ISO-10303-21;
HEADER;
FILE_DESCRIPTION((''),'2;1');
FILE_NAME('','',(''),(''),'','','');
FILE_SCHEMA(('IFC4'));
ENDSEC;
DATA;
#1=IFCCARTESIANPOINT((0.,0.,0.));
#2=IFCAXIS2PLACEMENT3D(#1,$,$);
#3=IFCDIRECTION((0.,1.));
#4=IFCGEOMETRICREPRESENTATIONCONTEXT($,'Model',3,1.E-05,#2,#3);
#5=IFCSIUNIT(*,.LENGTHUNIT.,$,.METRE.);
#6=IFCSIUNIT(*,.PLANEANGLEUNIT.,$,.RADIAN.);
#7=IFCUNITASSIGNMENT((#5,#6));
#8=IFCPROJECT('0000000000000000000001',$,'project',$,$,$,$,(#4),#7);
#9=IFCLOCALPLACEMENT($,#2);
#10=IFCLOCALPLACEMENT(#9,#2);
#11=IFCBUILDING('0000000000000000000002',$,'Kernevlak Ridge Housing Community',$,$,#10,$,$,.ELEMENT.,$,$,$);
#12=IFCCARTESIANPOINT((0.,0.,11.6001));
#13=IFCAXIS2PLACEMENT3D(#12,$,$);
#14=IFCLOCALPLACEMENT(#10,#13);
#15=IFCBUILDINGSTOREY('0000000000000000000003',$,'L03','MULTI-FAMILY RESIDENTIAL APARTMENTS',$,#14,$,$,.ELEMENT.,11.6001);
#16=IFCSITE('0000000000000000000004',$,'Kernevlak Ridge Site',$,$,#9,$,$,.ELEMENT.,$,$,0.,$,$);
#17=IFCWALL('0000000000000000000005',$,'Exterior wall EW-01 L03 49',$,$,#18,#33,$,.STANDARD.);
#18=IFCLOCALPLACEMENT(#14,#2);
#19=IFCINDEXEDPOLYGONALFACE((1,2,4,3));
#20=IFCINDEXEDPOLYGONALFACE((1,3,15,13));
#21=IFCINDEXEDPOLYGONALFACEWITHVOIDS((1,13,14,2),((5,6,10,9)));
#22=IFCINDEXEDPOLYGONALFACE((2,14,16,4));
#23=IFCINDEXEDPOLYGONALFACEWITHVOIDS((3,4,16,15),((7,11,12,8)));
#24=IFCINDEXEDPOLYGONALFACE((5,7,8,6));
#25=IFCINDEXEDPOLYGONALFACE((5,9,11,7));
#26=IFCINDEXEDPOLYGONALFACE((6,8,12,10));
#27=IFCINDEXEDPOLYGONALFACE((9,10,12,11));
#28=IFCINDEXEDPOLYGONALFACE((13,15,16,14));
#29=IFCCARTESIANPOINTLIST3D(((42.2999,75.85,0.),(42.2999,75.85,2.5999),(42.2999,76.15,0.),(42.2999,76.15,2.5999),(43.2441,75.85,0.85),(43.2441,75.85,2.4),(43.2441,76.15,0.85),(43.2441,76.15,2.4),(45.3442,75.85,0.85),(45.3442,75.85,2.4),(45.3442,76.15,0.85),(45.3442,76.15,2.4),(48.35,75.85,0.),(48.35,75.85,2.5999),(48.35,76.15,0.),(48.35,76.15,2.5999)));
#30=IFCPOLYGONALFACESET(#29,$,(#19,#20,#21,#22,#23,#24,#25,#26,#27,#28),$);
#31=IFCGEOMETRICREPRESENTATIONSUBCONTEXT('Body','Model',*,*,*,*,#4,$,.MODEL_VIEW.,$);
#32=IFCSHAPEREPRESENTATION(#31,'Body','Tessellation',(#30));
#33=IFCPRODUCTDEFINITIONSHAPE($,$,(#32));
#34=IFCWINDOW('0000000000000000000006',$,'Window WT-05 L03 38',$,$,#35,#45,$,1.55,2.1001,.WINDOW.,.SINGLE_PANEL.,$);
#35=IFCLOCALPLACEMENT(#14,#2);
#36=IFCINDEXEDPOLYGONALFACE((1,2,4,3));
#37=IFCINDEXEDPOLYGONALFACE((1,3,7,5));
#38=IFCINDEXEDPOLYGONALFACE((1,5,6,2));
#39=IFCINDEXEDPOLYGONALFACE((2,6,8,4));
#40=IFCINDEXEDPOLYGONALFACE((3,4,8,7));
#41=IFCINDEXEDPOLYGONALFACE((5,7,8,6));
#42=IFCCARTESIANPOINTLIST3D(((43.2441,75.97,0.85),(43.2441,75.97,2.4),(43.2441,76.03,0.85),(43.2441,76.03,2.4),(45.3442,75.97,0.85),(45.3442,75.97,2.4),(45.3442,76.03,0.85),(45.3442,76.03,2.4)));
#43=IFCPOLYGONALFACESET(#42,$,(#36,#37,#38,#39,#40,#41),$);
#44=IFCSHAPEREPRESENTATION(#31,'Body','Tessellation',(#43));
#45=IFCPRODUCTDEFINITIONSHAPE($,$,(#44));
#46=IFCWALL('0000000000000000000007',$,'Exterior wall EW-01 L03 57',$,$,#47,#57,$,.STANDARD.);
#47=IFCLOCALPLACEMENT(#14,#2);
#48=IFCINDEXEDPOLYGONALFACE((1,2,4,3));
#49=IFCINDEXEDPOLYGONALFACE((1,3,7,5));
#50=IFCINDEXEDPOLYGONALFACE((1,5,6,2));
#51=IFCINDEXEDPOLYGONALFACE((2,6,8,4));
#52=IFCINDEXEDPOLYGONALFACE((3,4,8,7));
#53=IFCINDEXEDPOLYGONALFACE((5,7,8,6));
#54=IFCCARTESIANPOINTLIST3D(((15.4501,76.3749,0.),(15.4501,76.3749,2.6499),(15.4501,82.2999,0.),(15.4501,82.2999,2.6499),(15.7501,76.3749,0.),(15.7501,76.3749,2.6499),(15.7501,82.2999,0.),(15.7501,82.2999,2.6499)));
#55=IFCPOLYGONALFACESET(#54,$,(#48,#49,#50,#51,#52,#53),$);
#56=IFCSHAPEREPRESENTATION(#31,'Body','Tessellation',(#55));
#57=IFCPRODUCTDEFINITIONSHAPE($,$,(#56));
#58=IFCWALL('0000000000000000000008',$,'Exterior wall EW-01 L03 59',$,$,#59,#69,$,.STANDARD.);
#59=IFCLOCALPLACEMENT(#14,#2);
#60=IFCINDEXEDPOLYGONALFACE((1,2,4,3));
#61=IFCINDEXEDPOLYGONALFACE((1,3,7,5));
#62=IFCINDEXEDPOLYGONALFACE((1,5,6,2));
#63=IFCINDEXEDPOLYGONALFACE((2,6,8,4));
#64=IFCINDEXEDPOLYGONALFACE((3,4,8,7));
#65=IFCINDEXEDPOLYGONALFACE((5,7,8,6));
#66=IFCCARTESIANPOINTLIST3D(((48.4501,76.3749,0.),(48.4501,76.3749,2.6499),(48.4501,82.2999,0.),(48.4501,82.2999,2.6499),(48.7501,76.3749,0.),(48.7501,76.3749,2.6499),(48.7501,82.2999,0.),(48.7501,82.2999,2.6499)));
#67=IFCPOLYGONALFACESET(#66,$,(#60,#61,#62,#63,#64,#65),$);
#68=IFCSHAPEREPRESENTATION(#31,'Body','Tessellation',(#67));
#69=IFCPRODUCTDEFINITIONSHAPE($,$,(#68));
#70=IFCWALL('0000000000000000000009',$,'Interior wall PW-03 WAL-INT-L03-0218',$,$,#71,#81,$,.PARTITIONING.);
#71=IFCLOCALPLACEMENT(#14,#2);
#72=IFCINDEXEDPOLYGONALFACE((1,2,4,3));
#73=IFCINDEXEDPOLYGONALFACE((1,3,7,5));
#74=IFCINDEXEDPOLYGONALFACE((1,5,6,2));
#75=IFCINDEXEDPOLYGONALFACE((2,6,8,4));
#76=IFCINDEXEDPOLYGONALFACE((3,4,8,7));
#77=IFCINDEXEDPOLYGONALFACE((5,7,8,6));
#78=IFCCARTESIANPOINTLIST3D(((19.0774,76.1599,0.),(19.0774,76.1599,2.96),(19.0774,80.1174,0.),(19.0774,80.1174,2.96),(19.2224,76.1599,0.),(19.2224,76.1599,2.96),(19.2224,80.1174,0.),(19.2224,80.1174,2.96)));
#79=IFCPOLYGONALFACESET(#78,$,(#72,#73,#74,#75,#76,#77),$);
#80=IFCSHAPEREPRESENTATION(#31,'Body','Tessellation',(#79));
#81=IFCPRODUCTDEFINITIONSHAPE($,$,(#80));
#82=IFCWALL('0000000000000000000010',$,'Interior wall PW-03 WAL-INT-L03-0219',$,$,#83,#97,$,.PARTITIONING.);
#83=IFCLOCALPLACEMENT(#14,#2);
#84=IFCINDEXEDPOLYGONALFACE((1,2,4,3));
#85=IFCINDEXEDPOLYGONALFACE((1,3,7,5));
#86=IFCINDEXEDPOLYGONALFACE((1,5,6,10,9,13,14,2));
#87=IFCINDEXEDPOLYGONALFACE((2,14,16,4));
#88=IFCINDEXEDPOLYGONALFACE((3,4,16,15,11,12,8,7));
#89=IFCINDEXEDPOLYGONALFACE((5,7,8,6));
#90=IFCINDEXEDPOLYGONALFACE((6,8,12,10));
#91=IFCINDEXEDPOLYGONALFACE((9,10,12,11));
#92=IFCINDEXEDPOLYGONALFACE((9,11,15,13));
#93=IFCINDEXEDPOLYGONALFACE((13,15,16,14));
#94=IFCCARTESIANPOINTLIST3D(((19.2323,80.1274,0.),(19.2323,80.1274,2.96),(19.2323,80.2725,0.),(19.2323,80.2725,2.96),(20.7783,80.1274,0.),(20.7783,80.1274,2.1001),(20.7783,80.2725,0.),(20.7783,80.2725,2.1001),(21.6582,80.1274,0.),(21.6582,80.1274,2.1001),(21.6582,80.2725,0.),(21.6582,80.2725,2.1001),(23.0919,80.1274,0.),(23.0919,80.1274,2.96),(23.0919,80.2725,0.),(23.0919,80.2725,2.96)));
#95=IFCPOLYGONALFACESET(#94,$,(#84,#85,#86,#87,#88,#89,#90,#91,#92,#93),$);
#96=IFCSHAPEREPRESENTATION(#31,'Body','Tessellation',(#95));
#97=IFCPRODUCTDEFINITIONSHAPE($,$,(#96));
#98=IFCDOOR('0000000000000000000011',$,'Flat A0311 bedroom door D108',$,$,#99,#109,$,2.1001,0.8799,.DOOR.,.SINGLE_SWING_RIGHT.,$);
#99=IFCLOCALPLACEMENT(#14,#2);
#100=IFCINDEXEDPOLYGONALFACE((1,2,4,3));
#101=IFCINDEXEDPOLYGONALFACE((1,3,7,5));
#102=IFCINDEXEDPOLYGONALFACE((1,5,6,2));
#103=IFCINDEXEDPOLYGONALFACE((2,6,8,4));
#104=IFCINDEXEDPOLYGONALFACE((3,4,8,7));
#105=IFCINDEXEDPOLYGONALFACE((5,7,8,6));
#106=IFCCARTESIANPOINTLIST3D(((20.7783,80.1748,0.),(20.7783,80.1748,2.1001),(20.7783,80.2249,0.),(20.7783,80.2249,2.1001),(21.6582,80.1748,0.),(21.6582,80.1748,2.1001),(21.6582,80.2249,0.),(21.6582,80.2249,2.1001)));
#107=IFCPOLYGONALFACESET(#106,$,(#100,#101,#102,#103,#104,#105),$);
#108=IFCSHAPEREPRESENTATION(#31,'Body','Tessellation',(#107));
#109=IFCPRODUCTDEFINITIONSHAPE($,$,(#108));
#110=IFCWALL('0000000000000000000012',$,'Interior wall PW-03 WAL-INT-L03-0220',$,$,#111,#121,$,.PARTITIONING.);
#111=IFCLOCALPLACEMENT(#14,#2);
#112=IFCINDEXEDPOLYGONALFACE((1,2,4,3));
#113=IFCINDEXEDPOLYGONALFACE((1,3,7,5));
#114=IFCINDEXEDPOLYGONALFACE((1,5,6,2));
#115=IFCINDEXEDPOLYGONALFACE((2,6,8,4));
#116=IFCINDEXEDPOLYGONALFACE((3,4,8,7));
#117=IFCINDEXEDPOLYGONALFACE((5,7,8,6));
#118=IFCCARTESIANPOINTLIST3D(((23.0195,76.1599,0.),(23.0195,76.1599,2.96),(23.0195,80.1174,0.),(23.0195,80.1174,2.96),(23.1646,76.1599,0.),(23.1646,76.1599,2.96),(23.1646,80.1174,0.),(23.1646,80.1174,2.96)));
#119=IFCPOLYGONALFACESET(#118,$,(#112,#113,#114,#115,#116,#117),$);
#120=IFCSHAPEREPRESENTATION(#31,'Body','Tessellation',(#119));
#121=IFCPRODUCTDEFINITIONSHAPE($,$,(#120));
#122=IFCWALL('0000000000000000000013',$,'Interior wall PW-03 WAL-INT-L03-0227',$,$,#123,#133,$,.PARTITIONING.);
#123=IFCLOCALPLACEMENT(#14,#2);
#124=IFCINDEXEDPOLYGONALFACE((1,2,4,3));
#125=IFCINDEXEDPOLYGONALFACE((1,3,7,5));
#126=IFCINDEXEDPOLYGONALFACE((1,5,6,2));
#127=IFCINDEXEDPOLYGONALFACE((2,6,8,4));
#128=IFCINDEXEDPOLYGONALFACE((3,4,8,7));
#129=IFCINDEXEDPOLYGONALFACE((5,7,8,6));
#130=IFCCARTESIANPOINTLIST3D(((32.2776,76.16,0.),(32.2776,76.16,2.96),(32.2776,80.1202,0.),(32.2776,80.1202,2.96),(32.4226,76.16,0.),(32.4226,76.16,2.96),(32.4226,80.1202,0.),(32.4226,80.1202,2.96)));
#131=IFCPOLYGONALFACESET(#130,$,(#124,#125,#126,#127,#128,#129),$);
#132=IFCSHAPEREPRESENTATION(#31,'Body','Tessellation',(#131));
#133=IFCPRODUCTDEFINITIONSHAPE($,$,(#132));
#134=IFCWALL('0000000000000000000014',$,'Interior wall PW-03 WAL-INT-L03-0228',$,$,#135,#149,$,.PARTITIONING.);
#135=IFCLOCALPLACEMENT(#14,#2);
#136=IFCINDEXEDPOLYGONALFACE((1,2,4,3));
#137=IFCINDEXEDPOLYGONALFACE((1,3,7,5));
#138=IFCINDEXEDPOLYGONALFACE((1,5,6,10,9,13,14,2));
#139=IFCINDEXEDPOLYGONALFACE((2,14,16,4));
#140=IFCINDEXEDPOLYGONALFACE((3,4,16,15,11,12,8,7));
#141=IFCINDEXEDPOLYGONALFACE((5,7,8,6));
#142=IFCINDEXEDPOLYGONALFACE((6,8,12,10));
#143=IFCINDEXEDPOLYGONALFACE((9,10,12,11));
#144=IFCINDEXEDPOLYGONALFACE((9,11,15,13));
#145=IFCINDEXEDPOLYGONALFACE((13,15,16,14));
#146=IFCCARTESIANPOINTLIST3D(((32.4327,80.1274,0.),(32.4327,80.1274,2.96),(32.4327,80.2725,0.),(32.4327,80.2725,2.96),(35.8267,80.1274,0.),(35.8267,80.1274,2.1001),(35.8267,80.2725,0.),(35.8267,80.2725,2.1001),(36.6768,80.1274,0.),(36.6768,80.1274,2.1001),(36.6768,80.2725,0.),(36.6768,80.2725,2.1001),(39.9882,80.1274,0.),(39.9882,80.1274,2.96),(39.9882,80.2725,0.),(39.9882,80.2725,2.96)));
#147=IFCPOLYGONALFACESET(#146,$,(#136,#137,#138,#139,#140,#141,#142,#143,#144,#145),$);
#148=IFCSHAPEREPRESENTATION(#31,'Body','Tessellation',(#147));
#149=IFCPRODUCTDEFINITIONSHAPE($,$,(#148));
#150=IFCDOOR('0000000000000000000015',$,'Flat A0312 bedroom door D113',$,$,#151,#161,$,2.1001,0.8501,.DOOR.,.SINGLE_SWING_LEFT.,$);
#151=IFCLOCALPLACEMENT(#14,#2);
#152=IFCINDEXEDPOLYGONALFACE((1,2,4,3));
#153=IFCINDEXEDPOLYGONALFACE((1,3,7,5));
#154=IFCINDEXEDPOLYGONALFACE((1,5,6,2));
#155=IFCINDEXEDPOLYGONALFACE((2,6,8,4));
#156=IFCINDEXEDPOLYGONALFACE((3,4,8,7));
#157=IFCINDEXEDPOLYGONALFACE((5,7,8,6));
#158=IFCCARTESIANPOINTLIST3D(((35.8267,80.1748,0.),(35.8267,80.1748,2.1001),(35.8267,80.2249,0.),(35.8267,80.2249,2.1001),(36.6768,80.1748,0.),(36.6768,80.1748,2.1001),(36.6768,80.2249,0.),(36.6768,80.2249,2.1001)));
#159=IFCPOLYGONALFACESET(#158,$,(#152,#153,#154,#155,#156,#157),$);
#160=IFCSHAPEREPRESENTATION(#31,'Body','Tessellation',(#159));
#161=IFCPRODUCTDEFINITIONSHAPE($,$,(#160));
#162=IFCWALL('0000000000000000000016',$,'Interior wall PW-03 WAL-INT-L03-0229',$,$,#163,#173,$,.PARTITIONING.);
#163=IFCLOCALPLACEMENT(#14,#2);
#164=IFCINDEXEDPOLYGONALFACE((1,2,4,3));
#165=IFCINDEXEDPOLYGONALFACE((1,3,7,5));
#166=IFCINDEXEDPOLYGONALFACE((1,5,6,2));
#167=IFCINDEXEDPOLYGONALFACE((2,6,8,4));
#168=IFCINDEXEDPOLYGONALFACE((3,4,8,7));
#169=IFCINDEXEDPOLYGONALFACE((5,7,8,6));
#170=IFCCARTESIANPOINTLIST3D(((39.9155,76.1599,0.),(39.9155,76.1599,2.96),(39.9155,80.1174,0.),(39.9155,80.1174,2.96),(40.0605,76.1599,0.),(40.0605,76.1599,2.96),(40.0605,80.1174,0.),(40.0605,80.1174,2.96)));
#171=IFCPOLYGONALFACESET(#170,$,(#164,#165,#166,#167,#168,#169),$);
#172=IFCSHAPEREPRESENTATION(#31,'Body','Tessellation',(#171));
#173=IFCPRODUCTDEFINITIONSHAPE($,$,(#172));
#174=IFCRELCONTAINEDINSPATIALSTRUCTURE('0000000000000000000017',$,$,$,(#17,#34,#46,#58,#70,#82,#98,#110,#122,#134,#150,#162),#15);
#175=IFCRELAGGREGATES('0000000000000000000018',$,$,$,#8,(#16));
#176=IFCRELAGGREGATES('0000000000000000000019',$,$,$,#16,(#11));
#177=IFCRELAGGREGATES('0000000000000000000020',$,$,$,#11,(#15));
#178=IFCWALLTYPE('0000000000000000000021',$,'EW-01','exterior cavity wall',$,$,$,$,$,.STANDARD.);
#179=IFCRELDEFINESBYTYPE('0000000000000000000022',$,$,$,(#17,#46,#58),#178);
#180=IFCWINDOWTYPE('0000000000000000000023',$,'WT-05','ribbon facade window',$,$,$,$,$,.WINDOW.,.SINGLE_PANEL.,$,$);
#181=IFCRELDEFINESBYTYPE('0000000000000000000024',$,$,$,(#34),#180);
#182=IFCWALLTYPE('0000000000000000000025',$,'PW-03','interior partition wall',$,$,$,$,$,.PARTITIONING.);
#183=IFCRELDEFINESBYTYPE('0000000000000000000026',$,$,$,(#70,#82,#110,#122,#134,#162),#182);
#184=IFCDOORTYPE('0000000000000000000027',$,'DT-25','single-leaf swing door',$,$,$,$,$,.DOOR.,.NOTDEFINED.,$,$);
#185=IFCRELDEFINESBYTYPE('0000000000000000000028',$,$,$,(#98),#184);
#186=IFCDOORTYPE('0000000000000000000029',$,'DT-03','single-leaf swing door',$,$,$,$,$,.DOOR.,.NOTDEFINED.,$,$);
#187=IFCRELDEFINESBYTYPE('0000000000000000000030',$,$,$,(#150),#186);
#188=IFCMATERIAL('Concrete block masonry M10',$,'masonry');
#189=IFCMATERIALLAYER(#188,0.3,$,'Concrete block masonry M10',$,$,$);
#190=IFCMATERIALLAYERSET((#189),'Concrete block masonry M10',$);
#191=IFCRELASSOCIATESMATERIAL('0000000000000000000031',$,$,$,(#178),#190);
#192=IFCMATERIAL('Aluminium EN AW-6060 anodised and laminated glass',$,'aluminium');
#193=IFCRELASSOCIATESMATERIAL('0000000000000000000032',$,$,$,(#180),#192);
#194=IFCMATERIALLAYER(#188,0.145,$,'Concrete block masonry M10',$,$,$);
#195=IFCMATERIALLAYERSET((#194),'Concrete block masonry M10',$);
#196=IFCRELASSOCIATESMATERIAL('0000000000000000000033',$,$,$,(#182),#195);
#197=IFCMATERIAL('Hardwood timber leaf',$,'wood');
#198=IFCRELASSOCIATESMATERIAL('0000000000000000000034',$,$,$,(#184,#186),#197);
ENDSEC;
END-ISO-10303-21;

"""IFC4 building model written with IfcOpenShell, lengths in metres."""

from ifc_helpers import new_model, si_unit, direction, frame, frame_2d, origin, place, context, subcontext, project, spatial, rectangle, extrude, material, layer, layer_set, type_object, element, fill, save


model = new_model("IFC4")

# Units and contexts
model_context = context("Model", 3, precision=1e-05, world=origin(), true_north=direction((0.0, 1.0)))
body_context = subcontext(model_context, "Body", "Model", "MODEL_VIEW")
ifc_project = project(units=[si_unit("LENGTHUNIT", "METRE"), si_unit("PLANEANGLEUNIT", "RADIAN")], contexts=[model_context])

# Site, building, storey
site_placement = place(None, origin())
site = spatial("IfcSite", under=ifc_project, at=site_placement, Name="Kernevlak Ridge Site", CompositionType="ELEMENT", RefElevation=0.0)
building_placement = place(site_placement, origin())
building = spatial("IfcBuilding", under=site, at=building_placement, Name="Kernevlak Ridge Housing Community", CompositionType="ELEMENT")
storey_placement = place(building_placement, frame((0.0, 0.0, 11.6001)))
storey = spatial("IfcBuildingStorey", under=building, at=storey_placement, Name="L03", Description="MULTI-FAMILY RESIDENTIAL APARTMENTS", CompositionType="ELEMENT", Elevation=11.6001)

# Wall, opening, window
ifc_material_1 = material(Name="Concrete block masonry M10", Category="masonry")
ifc_layer_1 = layer(ifc_material_1, 0.3, Name="Concrete block masonry M10")
ifc_layer_set_1 = layer_set([ifc_layer_1], Name="Concrete block masonry M10")
wall_type_1 = type_object("IfcWallType", Name="EW-01", Description="exterior cavity wall", PredefinedType="STANDARD", material=ifc_layer_set_1)
ifc_material_2 = material(Name="Aluminium EN AW-6060 anodised and laminated glass", Category="aluminium")
wall_1_placement = place(storey_placement, frame((42.3, 76.0, 0.0), z_axis=(0.0, 0.0, 1.0), x_axis=(1.0, 0.0, 0.0)))
wall_1 = element("IfcWall", 1, at=wall_1_placement, inside=storey, type_object=wall_type_1, Name="Exterior wall EW-01 L03 49", PredefinedType="STANDARD", context=body_context, shape_type="SweptSolid", body=[
    extrude(rectangle(XDim=6.05, YDim=0.3, at=frame_2d((3.0249, 0.0))), origin(), (0.0, 0.0, 1.0), 2.5999),
])
opening_1_placement = place(wall_1_placement, frame((0.9441, 0.0, 0.8501)))
opening_1 = element("IfcOpeningElement", 2, at=opening_1_placement, cuts=wall_1, PredefinedType="OPENING", context=body_context, shape_type="SweptSolid", body=[
    extrude(rectangle(XDim=2.1001, YDim=1.55, at=frame_2d((1.05, 0.7749))), frame((0.0, 0.1599, 0.0), z_axis=(0.0, -1.0, 0.0), x_axis=(1.0, 0.0, 0.0)), (0.0, 0.0, 1.0), 0.3201),
])
window_type_1 = type_object("IfcWindowType", Name="WT-05", Description="ribbon facade window", PartitioningType="SINGLE_PANEL", PredefinedType="WINDOW", material=ifc_material_2)
window_1_placement = place(opening_1_placement, origin())
window_1 = element("IfcWindow", 3, at=window_1_placement, inside=storey, type_object=window_type_1, Name="Window WT-05 L03 38", OverallHeight=1.55, OverallWidth=2.1001, PartitioningType="SINGLE_PANEL", PredefinedType="WINDOW", context=body_context, shape_type="SweptSolid", body=[
    extrude(rectangle(XDim=2.1001, YDim=1.55, at=frame_2d((1.05, 0.7749))), frame((0.0, 0.03, 0.0), z_axis=(0.0, -1.0, 0.0), x_axis=(1.0, 0.0, 0.0)), (0.0, 0.0, 1.0), 0.0601),
])
fill(opening_1, window_1)

# Walls
for number, where, z_axis, x_axis, name in (
    (4, (15.6001, 76.375, 0.0), (0.0, 0.0, 1.0), (0.0, 1.0, 0.0), "Exterior wall EW-01 L03 57"),
    (5, (48.6001, 76.375, 0.0), (0.0, 0.0, 1.0), (0.0, 1.0, 0.0), "Exterior wall EW-01 L03 59"),
):
    element("IfcWall", number, at=place(storey_placement, frame(where, z_axis=z_axis, x_axis=x_axis)), inside=storey, type_object=wall_type_1, Name=name, PredefinedType="STANDARD", context=body_context, shape_type="SweptSolid", body=[
        extrude(rectangle(XDim=5.925, YDim=0.3, at=frame_2d((2.9624, 0.0))), origin(), (0.0, 0.0, 1.0), 2.6499),
    ])

# Shared definitions
ifc_layer_2 = layer(ifc_material_1, 0.145, Name="Concrete block masonry M10")
ifc_layer_set_2 = layer_set([ifc_layer_2], Name="Concrete block masonry M10")
wall_type_2 = type_object("IfcWallType", Name="PW-03", Description="interior partition wall", PredefinedType="PARTITIONING", material=ifc_layer_set_2)
ifc_material_3 = material(Name="Hardwood timber leaf", Category="wood")

# Wall
wall_2_placement = place(storey_placement, frame((19.1499, 80.1174, 0.0), z_axis=(0.0, 0.0, 1.0), x_axis=(0.0, -1.0, 0.0)))
element("IfcWall", 6, at=wall_2_placement, inside=storey, type_object=wall_type_2, Name="Interior wall PW-03 WAL-INT-L03-0218", PredefinedType="PARTITIONING", context=body_context, shape_type="SweptSolid", body=[
    extrude(rectangle(XDim=3.9575, YDim=0.145, at=frame_2d((1.9788, 0.0))), origin(), (0.0, 0.0, 1.0), 2.96),
])

# Wall, opening, door
wall_3_placement = place(storey_placement, frame((19.2324, 80.2, 0.0), z_axis=(0.0, 0.0, 1.0), x_axis=(1.0, 0.0, 0.0)))
wall_3 = element("IfcWall", 7, at=wall_3_placement, inside=storey, type_object=wall_type_2, Name="Interior wall PW-03 WAL-INT-L03-0219", PredefinedType="PARTITIONING", context=body_context, shape_type="SweptSolid", body=[
    extrude(rectangle(XDim=3.8596, YDim=0.145, at=frame_2d((1.9297, 0.0))), origin(), (0.0, 0.0, 1.0), 2.96),
])
opening_2_placement = place(wall_3_placement, frame((1.5459, 0.0, 0.0)))
opening_2 = element("IfcOpeningElement", 8, at=opening_2_placement, cuts=wall_3, PredefinedType="OPENING", context=body_context, shape_type="SweptSolid", body=[
    extrude(rectangle(XDim=0.8799, YDim=2.1001, at=frame_2d((0.4399, 1.05))), frame((0.0, 0.0825, 0.0), z_axis=(0.0, -1.0, 0.0), x_axis=(1.0, 0.0, 0.0)), (0.0, 0.0, 1.0), 0.165),
])
door_type_1 = type_object("IfcDoorType", Name="DT-25", Description="single-leaf swing door", OperationType="NOTDEFINED", PredefinedType="DOOR", material=ifc_material_3)
door_1_placement = place(opening_2_placement, origin())
door_1 = element("IfcDoor", 9, at=door_1_placement, inside=storey, type_object=door_type_1, Name="Flat A0311 bedroom door D108", OperationType="SINGLE_SWING_RIGHT", OverallHeight=2.1001, OverallWidth=0.8799, PredefinedType="DOOR", context=body_context, shape_type="SweptSolid", body=[
    extrude(rectangle(XDim=0.8799, YDim=2.1001, at=frame_2d((0.4399, 1.05))), frame((0.0, 0.0249, 0.0), z_axis=(0.0, -1.0, 0.0), x_axis=(1.0, 0.0, 0.0)), (0.0, 0.0, 1.0), 0.05),
])
fill(opening_2, door_1)

# Walls
wall_4_placement = place(storey_placement, frame((23.092, 80.1174, 0.0), z_axis=(0.0, 0.0, 1.0), x_axis=(0.0, -1.0, 0.0)))
element("IfcWall", 10, at=wall_4_placement, inside=storey, type_object=wall_type_2, Name="Interior wall PW-03 WAL-INT-L03-0220", PredefinedType="PARTITIONING", context=body_context, shape_type="SweptSolid", body=[
    extrude(rectangle(XDim=3.9575, YDim=0.145, at=frame_2d((1.9788, 0.0))), origin(), (0.0, 0.0, 1.0), 2.96),
])
wall_5_placement = place(storey_placement, frame((32.3501, 80.1201, 0.0), z_axis=(0.0, 0.0, 1.0), x_axis=(0.0, -1.0, 0.0)))
element("IfcWall", 11, at=wall_5_placement, inside=storey, type_object=wall_type_2, Name="Interior wall PW-03 WAL-INT-L03-0227", PredefinedType="PARTITIONING", context=body_context, shape_type="SweptSolid", body=[
    extrude(rectangle(XDim=3.9602, YDim=0.145, at=frame_2d((1.98, 0.0))), origin(), (0.0, 0.0, 1.0), 2.96),
])

# Wall, opening, door
wall_6_placement = place(storey_placement, frame((32.4326, 80.2, 0.0), z_axis=(0.0, 0.0, 1.0), x_axis=(1.0, 0.0, 0.0)))
wall_6 = element("IfcWall", 12, at=wall_6_placement, inside=storey, type_object=wall_type_2, Name="Interior wall PW-03 WAL-INT-L03-0228", PredefinedType="PARTITIONING", context=body_context, shape_type="SweptSolid", body=[
    extrude(rectangle(XDim=7.5554, YDim=0.145, at=frame_2d((3.7778, 0.0))), origin(), (0.0, 0.0, 1.0), 2.96),
])
opening_3_placement = place(wall_6_placement, frame((3.394, 0.0, 0.0)))
opening_3 = element("IfcOpeningElement", 13, at=opening_3_placement, cuts=wall_6, PredefinedType="OPENING", context=body_context, shape_type="SweptSolid", body=[
    extrude(rectangle(XDim=0.8501, YDim=2.1001, at=frame_2d((0.425, 1.05))), frame((0.0, 0.0825, 0.0), z_axis=(0.0, -1.0, 0.0), x_axis=(1.0, 0.0, 0.0)), (0.0, 0.0, 1.0), 0.165),
])
door_type_2 = type_object("IfcDoorType", Name="DT-03", Description="single-leaf swing door", OperationType="NOTDEFINED", PredefinedType="DOOR", material=ifc_material_3)
door_2_placement = place(opening_3_placement, origin())
door_2 = element("IfcDoor", 14, at=door_2_placement, inside=storey, type_object=door_type_2, Name="Flat A0312 bedroom door D113", OperationType="SINGLE_SWING_LEFT", OverallHeight=2.1001, OverallWidth=0.8501, PredefinedType="DOOR", context=body_context, shape_type="SweptSolid", body=[
    extrude(rectangle(XDim=0.8501, YDim=2.1001, at=frame_2d((0.425, 1.05))), frame((0.0, 0.0249, 0.0), z_axis=(0.0, -1.0, 0.0), x_axis=(1.0, 0.0, 0.0)), (0.0, 0.0, 1.0), 0.05),
])
fill(opening_3, door_2)

# Wall
wall_7_placement = place(storey_placement, frame((39.988, 80.1174, 0.0), z_axis=(0.0, 0.0, 1.0), x_axis=(0.0, -1.0, 0.0)))
element("IfcWall", 15, at=wall_7_placement, inside=storey, type_object=wall_type_2, Name="Interior wall PW-03 WAL-INT-L03-0229", PredefinedType="PARTITIONING", context=body_context, shape_type="SweptSolid", body=[
    extrude(rectangle(XDim=3.9575, YDim=0.145, at=frame_2d((1.9788, 0.0))), origin(), (0.0, 0.0, 1.0), 2.96),
])

save(model, "model.ifc")
